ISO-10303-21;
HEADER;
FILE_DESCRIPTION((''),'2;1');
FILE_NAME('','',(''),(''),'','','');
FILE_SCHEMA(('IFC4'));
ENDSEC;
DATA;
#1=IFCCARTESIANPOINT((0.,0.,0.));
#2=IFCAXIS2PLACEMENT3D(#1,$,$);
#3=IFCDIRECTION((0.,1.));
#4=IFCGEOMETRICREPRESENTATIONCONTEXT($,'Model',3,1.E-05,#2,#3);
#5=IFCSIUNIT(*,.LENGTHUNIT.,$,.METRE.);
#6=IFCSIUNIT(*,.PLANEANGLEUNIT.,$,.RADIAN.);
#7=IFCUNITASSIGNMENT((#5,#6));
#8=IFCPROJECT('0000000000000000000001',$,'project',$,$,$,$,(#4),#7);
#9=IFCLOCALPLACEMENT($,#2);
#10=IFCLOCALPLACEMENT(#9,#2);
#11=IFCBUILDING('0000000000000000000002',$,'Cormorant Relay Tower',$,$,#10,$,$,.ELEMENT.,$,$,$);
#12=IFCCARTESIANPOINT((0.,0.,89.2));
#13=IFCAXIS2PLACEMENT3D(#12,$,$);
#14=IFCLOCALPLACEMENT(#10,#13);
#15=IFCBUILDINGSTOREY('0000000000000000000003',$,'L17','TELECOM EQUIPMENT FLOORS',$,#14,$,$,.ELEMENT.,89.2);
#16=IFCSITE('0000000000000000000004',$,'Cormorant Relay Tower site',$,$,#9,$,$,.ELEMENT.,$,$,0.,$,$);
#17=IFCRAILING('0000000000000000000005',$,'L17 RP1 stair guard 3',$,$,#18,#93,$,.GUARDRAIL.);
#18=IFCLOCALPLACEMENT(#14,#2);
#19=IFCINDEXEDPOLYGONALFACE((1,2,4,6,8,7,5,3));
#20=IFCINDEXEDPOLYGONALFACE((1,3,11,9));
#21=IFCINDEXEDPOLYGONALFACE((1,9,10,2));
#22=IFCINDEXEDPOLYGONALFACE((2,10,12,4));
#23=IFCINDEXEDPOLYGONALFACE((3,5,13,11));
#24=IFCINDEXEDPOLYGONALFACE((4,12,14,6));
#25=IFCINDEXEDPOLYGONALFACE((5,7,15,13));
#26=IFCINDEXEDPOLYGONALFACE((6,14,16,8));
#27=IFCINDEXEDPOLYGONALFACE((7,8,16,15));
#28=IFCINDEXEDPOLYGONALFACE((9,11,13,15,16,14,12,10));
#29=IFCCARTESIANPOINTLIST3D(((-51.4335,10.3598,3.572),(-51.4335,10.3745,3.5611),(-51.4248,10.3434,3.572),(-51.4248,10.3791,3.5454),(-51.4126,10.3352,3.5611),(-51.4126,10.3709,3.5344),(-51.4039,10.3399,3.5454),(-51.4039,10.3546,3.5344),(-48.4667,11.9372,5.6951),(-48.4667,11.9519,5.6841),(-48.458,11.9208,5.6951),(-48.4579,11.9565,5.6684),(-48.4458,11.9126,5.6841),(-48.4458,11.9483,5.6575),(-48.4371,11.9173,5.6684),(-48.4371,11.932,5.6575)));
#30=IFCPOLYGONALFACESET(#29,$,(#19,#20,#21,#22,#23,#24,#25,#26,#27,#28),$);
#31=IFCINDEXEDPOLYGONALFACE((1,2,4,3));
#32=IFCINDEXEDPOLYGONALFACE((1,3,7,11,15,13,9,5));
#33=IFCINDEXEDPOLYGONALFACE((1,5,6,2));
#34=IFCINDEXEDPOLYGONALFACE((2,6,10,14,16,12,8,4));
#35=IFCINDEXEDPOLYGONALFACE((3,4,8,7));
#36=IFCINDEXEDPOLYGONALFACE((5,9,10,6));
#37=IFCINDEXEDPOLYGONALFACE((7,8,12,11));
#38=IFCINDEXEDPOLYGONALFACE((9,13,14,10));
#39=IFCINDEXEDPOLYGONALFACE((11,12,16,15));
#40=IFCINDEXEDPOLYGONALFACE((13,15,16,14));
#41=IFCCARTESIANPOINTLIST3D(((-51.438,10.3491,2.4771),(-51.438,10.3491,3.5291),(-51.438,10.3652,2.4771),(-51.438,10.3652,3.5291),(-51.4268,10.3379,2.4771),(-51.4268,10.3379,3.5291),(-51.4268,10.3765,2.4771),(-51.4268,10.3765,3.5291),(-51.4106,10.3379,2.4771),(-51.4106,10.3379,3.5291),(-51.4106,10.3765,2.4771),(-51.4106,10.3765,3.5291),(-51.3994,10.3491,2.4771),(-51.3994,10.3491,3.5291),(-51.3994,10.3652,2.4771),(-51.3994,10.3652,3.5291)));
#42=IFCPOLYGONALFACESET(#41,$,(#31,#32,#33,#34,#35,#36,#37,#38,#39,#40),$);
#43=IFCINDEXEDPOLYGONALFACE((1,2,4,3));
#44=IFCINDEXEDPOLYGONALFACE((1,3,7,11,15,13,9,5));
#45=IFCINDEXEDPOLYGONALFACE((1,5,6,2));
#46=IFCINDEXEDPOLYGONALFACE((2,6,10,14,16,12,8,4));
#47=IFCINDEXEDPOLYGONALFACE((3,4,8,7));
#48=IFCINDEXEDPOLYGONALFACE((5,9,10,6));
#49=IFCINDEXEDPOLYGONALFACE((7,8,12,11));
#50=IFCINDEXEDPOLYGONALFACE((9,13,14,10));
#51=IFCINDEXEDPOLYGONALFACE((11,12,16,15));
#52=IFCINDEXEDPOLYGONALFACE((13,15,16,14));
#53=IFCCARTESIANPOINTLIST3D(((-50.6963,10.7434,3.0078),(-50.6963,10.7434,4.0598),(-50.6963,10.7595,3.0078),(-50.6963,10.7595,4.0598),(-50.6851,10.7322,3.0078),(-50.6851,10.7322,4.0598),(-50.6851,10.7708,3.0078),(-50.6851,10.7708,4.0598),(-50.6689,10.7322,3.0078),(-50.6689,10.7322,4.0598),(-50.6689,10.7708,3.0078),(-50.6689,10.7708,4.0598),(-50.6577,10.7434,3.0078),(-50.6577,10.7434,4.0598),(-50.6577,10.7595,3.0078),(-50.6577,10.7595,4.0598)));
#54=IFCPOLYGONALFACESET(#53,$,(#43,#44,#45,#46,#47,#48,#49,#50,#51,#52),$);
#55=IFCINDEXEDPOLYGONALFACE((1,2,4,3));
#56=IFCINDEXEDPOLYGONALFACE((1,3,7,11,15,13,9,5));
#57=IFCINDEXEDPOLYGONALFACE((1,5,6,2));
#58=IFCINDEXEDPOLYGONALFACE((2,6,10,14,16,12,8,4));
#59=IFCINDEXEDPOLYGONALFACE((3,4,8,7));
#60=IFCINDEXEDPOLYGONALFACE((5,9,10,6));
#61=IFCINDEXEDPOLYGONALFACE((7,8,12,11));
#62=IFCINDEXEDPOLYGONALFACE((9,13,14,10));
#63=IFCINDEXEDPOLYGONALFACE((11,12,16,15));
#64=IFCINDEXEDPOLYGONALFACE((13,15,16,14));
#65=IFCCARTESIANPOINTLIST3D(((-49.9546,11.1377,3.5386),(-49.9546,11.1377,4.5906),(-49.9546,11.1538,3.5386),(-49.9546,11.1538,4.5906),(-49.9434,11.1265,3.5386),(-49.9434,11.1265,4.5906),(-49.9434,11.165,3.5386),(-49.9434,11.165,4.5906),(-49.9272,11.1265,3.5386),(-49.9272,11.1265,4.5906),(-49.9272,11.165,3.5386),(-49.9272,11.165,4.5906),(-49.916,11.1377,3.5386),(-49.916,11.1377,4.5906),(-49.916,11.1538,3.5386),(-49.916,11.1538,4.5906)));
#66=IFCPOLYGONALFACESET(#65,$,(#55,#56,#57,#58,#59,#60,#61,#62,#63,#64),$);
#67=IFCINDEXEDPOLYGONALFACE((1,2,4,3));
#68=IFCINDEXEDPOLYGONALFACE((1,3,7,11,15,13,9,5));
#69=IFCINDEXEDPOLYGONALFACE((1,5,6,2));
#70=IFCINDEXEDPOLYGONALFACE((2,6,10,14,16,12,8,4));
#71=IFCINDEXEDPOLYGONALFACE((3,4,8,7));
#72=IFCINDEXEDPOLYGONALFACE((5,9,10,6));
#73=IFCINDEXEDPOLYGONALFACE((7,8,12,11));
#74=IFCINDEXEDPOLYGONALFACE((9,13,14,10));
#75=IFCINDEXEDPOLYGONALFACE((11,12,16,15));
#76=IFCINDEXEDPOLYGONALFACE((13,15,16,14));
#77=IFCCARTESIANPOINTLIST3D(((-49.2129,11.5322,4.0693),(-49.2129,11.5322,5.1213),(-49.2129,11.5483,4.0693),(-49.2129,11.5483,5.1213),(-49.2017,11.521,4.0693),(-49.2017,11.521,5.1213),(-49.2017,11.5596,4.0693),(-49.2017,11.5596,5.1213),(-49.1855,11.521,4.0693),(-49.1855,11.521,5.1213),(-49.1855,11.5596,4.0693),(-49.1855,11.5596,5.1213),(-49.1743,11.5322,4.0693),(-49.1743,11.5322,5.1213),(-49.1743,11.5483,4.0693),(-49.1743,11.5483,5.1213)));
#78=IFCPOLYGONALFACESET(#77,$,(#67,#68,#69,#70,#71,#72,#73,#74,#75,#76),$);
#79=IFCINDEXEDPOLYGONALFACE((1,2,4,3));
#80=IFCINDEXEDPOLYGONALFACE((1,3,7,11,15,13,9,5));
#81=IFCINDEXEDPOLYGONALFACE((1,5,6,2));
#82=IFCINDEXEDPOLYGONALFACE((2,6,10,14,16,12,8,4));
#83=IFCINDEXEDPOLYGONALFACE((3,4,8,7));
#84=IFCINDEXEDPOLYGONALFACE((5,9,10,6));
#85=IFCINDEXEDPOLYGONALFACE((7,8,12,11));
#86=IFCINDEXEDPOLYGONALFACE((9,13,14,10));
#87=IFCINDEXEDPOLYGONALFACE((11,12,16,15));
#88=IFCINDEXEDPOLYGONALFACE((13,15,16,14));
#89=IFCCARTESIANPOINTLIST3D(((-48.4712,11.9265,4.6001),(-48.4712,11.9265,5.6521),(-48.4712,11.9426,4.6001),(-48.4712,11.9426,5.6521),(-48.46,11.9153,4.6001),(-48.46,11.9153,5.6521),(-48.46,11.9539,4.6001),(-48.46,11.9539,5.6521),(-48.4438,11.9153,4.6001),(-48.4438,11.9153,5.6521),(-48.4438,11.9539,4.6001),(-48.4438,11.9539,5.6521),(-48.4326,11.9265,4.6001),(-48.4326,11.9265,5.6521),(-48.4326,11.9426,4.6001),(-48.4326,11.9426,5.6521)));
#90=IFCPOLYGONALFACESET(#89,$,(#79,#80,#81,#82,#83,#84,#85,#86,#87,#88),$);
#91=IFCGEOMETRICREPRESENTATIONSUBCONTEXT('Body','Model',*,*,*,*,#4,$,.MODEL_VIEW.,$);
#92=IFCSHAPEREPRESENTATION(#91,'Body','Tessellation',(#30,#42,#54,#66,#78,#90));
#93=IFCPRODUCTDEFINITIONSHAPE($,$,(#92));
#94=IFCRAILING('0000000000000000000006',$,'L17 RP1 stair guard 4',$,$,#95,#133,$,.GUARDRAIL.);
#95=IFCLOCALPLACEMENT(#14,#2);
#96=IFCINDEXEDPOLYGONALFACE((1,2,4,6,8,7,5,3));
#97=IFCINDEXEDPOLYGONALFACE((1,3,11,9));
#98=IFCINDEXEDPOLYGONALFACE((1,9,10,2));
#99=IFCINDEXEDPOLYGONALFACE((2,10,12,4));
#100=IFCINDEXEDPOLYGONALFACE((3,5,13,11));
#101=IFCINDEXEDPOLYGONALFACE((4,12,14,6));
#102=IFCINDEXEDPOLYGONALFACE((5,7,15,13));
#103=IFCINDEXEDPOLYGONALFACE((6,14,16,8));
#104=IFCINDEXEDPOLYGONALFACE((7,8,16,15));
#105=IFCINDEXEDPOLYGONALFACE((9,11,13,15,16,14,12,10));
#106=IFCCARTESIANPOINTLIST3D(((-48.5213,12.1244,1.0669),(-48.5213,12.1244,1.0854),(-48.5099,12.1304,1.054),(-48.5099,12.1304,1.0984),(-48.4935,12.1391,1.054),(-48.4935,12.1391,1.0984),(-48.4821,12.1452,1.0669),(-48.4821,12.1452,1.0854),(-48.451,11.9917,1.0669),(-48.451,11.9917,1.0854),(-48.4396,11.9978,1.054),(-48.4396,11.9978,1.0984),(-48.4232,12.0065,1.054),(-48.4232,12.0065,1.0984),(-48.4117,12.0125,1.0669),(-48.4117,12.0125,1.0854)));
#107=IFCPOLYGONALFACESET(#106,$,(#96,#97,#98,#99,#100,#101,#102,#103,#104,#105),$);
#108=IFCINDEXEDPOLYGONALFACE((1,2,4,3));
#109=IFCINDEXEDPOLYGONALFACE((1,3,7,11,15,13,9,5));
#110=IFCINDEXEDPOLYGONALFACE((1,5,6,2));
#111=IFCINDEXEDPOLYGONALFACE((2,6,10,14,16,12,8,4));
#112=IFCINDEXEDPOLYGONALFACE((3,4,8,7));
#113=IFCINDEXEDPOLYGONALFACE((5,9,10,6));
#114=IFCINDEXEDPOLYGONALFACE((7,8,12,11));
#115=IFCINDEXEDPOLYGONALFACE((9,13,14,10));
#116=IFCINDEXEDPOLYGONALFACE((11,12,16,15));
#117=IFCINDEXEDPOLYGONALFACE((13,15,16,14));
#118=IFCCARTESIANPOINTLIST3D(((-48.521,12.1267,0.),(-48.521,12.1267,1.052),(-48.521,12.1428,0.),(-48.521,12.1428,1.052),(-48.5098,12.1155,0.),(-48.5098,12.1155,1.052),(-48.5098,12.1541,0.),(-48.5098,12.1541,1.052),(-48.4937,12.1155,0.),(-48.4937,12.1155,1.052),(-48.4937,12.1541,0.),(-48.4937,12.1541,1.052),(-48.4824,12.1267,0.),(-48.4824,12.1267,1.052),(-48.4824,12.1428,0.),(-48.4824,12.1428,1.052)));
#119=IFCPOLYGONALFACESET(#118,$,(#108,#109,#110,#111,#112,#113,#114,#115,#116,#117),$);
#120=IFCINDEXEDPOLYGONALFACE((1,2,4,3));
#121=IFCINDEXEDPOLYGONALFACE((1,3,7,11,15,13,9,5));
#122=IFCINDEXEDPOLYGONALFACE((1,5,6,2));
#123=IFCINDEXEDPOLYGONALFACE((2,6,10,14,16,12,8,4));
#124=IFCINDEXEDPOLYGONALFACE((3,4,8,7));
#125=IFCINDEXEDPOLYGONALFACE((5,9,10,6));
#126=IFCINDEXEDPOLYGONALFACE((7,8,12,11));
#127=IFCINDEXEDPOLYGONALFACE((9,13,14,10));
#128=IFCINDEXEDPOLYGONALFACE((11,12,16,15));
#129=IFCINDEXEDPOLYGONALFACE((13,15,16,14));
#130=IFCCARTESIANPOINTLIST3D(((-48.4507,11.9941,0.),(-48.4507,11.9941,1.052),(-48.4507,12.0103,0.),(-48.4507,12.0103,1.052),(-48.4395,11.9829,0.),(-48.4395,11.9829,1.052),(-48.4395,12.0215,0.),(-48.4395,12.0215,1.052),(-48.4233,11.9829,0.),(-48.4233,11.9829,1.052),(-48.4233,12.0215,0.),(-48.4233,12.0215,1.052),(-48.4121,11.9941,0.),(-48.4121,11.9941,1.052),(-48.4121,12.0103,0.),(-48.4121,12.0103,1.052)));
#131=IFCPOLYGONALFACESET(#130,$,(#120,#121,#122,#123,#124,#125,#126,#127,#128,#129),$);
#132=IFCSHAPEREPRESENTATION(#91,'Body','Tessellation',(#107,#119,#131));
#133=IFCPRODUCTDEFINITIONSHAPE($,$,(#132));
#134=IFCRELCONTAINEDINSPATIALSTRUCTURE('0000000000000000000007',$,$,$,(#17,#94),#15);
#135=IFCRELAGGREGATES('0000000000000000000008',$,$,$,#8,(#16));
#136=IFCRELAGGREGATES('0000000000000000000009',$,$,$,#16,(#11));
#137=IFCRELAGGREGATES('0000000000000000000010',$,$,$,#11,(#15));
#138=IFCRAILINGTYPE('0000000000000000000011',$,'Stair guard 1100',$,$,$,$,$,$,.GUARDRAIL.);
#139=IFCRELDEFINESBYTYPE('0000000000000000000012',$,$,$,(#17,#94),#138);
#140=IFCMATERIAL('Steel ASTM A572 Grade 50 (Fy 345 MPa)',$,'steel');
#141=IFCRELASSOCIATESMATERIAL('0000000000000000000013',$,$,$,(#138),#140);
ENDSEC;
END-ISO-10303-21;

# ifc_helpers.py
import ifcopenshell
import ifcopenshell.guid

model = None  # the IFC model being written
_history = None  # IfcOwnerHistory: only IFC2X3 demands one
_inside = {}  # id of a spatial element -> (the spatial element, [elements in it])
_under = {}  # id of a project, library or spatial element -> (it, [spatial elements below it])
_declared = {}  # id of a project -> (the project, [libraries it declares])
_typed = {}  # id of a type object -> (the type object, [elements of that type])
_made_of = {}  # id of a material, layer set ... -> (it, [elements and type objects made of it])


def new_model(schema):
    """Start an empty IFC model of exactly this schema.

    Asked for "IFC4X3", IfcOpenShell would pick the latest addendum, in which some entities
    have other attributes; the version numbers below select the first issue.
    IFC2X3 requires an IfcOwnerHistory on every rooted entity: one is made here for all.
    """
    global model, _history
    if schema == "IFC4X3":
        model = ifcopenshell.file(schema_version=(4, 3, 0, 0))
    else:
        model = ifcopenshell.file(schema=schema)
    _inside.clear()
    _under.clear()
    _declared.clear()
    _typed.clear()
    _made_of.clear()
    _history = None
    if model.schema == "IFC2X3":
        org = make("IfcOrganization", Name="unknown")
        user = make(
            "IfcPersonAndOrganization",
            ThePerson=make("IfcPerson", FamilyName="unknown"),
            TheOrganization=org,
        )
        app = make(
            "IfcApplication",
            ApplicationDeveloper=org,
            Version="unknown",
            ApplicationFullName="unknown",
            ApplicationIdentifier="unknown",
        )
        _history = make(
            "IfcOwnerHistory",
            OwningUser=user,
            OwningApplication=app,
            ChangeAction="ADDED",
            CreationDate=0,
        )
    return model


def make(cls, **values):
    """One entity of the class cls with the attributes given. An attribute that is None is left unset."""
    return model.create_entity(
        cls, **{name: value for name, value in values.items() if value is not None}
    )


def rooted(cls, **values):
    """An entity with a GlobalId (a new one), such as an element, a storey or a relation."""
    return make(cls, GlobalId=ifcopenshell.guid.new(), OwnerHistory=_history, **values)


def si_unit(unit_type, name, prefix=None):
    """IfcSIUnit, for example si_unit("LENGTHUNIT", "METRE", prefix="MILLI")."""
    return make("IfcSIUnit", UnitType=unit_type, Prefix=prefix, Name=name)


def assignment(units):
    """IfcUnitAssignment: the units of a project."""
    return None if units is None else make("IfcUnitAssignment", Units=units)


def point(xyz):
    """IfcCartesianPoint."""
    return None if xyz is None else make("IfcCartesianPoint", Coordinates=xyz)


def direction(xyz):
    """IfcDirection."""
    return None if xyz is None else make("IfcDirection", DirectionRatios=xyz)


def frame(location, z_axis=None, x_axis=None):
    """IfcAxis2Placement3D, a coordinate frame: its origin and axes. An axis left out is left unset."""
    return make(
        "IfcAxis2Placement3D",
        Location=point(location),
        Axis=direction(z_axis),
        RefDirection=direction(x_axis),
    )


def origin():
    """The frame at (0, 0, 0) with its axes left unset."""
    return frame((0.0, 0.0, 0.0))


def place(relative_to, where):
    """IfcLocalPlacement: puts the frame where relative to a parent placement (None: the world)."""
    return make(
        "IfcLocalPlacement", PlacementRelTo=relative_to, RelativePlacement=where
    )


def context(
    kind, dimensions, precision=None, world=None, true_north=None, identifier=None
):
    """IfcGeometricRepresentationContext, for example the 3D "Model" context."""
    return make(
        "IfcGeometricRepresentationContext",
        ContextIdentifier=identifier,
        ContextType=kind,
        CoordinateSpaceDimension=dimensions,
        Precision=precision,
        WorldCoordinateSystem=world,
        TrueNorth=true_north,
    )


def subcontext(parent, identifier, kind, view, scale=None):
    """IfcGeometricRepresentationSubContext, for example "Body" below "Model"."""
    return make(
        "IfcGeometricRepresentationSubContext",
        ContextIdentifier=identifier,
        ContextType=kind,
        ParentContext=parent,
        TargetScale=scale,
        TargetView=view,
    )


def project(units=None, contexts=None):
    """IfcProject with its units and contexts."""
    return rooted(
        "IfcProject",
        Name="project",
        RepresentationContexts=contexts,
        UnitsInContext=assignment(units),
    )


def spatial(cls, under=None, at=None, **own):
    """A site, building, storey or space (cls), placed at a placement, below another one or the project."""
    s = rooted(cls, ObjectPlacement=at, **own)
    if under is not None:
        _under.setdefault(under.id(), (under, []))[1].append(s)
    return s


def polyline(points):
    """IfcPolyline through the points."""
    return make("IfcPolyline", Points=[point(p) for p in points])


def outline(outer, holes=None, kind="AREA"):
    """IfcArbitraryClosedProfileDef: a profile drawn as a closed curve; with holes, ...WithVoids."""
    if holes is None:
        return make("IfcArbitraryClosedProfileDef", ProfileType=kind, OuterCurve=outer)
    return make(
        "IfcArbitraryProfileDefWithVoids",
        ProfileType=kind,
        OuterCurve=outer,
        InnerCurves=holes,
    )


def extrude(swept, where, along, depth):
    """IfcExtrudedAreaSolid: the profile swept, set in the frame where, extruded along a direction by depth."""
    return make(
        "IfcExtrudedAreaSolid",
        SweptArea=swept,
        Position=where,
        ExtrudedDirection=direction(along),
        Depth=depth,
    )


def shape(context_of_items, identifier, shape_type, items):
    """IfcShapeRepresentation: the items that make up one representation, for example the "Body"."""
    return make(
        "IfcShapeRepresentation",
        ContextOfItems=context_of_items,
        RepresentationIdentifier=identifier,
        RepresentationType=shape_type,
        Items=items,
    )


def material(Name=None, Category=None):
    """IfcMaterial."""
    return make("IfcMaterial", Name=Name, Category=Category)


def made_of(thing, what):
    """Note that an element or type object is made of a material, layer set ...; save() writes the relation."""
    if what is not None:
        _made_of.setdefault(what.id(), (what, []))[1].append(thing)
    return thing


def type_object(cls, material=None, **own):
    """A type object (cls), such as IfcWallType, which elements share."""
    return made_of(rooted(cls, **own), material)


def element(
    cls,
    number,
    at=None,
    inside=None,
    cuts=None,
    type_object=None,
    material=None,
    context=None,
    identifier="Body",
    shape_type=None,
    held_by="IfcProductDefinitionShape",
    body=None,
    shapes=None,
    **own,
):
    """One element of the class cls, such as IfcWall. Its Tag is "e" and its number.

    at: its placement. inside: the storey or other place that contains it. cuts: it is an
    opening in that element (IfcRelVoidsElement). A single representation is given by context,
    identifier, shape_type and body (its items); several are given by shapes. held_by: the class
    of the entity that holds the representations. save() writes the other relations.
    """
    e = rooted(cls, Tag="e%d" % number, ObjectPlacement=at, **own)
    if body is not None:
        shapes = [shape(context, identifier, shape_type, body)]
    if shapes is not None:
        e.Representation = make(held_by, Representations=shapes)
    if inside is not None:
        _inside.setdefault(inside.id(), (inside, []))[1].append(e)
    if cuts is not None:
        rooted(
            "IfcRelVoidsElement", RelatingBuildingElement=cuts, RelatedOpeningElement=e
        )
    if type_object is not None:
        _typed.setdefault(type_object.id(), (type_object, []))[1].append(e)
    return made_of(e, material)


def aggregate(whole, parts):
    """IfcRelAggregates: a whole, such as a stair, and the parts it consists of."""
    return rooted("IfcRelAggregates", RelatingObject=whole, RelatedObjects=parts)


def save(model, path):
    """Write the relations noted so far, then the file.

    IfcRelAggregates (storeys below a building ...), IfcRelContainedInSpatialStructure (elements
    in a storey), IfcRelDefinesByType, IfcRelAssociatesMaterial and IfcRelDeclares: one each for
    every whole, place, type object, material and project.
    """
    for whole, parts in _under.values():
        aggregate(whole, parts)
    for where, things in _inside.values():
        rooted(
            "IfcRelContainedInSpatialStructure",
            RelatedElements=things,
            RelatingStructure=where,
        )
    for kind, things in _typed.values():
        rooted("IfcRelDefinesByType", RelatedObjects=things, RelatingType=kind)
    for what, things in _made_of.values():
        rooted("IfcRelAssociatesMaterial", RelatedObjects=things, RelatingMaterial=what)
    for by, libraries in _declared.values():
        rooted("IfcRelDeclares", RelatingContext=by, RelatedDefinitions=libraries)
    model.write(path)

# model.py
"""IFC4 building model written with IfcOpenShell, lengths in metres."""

from ifc_helpers import new_model, si_unit, direction, frame, origin, place, context, subcontext, project, spatial, polyline, outline, extrude, material, type_object, element, save


model = new_model("IFC4")

# Units and contexts
model_context = context("Model", 3, precision=1e-05, world=origin(), true_north=direction((0.0, 1.0)))
body_context = subcontext(model_context, "Body", "Model", "MODEL_VIEW")
ifc_project = project(units=[si_unit("LENGTHUNIT", "METRE"), si_unit("PLANEANGLEUNIT", "RADIAN")], contexts=[model_context])

# Site, building, storey
site_placement = place(None, origin())
site = spatial("IfcSite", under=ifc_project, at=site_placement, Name="Cormorant Relay Tower site", CompositionType="ELEMENT", RefElevation=0.0)
building_placement = place(site_placement, origin())
building = spatial("IfcBuilding", under=site, at=building_placement, Name="Cormorant Relay Tower", CompositionType="ELEMENT")
storey_placement = place(building_placement, frame((0.0, 0.0, 89.2)))
storey = spatial("IfcBuildingStorey", under=building, at=storey_placement, Name="L17", Description="TELECOM EQUIPMENT FLOORS", CompositionType="ELEMENT", Elevation=89.2)

# Railings
ifc_material_1 = material(Name="Steel ASTM A572 Grade 50 (Fy 345 MPa)", Category="steel")
railing_type_1 = type_object("IfcRailingType", Name="Stair guard 1100", PredefinedType="GUARDRAIL", material=ifc_material_1)
railing_1_placement = place(storey_placement, frame((-51.4187, 10.3572, 2.4771)))
element("IfcRailing", 1, at=railing_1_placement, inside=storey, type_object=railing_type_1, Name="L17 RP1 stair guard 3", PredefinedType="GUARDRAIL", context=body_context, shape_type="SweptSolid", body=[
    extrude(outline(polyline([(0.0222, 0.0093), (0.0093, 0.0222), (-0.0093, 0.0222), (-0.0222, 0.0093), (-0.0222, -0.0093), (-0.0093, -0.0222), (0.0093, -0.0222), (0.0222, -0.0093), (0.0222, 0.0093)])), frame((0.0, 0.0, 1.0762), z_axis=(0.746441, 0.396869, 0.534155), x_axis=(-0.469453, 0.882958, 0.0)), (0.0, 0.0, 1.0), 3.9746),
    extrude(outline(polyline([(0.0193, 0.0081), (0.0081, 0.0193), (-0.0081, 0.0193), (-0.0193, 0.0081), (-0.0193, -0.0081), (-0.0081, -0.0193), (0.0081, -0.0193), (0.0193, -0.0081), (0.0193, 0.0081)])), origin(), (0.0, 0.0, 1.0), 1.052),
    extrude(outline(polyline([(0.0193, 0.0081), (0.0081, 0.0193), (-0.0081, 0.0193), (-0.0193, 0.0081), (-0.0193, -0.0081), (-0.0081, -0.0193), (0.0081, -0.0193), (0.0193, -0.0081), (0.0193, 0.0081)])), frame((0.7417, 0.3943, 0.5308)), (0.0, 0.0, 1.0), 1.052),
    extrude(outline(polyline([(0.0193, 0.0081), (0.0081, 0.0193), (-0.0081, 0.0193), (-0.0193, 0.0081), (-0.0193, -0.0081), (-0.0081, -0.0193), (0.0081, -0.0193), (0.0193, -0.0081), (0.0193, 0.0081)])), frame((1.4834, 0.7886, 1.0615)), (0.0, 0.0, 1.0), 1.052),
    extrude(outline(polyline([(0.0193, 0.0081), (0.0081, 0.0193), (-0.0081, 0.0193), (-0.0193, 0.0081), (-0.0193, -0.0081), (-0.0081, -0.0193), (0.0081, -0.0193), (0.0193, -0.0081), (0.0193, 0.0081)])), frame((2.2251, 1.1831, 1.5923)), (0.0, 0.0, 1.0), 1.052),
    extrude(outline(polyline([(0.0193, 0.0081), (0.0081, 0.0193), (-0.0081, 0.0193), (-0.0193, 0.0081), (-0.0193, -0.0081), (-0.0081, -0.0193), (0.0081, -0.0193), (0.0193, -0.0081), (0.0193, 0.0081)])), frame((2.9668, 1.5774, 2.123)), (0.0, 0.0, 1.0), 1.052),
])
railing_2_placement = place(storey_placement, frame((-48.5017, 12.1348, 0.0)))
element("IfcRailing", 2, at=railing_2_placement, inside=storey, type_object=railing_type_1, Name="L17 RP1 stair guard 4", PredefinedType="GUARDRAIL", context=body_context, shape_type="SweptSolid", body=[
    extrude(outline(polyline([(0.0222, 0.0093), (0.0093, 0.0222), (-0.0093, 0.0222), (-0.0222, 0.0093), (-0.0222, -0.0093), (-0.0093, -0.0222), (0.0093, -0.0222), (0.0222, -0.0093), (0.0222, 0.0093)])), frame((0.0, 0.0, 1.0762), z_axis=(0.46856, -0.883431, 0.0), x_axis=(0.883431, 0.46856, 0.0)), (0.0, 0.0, 1.0), 0.1501),
    extrude(outline(polyline([(0.0193, 0.0081), (0.0081, 0.0193), (-0.0081, 0.0193), (-0.0193, 0.0081), (-0.0193, -0.0081), (-0.0081, -0.0193), (0.0081, -0.0193), (0.0193, -0.0081), (0.0193, 0.0081)])), origin(), (0.0, 0.0, 1.0), 1.052),
    extrude(outline(polyline([(0.0193, 0.0081), (0.0081, 0.0193), (-0.0081, 0.0193), (-0.0193, 0.0081), (-0.0193, -0.0081), (-0.0081, -0.0193), (0.0081, -0.0193), (0.0193, -0.0081), (0.0193, 0.0081)])), frame((0.0703, -0.1326, 0.0)), (0.0, 0.0, 1.0), 1.052),
])

save(model, "model.ifc")
